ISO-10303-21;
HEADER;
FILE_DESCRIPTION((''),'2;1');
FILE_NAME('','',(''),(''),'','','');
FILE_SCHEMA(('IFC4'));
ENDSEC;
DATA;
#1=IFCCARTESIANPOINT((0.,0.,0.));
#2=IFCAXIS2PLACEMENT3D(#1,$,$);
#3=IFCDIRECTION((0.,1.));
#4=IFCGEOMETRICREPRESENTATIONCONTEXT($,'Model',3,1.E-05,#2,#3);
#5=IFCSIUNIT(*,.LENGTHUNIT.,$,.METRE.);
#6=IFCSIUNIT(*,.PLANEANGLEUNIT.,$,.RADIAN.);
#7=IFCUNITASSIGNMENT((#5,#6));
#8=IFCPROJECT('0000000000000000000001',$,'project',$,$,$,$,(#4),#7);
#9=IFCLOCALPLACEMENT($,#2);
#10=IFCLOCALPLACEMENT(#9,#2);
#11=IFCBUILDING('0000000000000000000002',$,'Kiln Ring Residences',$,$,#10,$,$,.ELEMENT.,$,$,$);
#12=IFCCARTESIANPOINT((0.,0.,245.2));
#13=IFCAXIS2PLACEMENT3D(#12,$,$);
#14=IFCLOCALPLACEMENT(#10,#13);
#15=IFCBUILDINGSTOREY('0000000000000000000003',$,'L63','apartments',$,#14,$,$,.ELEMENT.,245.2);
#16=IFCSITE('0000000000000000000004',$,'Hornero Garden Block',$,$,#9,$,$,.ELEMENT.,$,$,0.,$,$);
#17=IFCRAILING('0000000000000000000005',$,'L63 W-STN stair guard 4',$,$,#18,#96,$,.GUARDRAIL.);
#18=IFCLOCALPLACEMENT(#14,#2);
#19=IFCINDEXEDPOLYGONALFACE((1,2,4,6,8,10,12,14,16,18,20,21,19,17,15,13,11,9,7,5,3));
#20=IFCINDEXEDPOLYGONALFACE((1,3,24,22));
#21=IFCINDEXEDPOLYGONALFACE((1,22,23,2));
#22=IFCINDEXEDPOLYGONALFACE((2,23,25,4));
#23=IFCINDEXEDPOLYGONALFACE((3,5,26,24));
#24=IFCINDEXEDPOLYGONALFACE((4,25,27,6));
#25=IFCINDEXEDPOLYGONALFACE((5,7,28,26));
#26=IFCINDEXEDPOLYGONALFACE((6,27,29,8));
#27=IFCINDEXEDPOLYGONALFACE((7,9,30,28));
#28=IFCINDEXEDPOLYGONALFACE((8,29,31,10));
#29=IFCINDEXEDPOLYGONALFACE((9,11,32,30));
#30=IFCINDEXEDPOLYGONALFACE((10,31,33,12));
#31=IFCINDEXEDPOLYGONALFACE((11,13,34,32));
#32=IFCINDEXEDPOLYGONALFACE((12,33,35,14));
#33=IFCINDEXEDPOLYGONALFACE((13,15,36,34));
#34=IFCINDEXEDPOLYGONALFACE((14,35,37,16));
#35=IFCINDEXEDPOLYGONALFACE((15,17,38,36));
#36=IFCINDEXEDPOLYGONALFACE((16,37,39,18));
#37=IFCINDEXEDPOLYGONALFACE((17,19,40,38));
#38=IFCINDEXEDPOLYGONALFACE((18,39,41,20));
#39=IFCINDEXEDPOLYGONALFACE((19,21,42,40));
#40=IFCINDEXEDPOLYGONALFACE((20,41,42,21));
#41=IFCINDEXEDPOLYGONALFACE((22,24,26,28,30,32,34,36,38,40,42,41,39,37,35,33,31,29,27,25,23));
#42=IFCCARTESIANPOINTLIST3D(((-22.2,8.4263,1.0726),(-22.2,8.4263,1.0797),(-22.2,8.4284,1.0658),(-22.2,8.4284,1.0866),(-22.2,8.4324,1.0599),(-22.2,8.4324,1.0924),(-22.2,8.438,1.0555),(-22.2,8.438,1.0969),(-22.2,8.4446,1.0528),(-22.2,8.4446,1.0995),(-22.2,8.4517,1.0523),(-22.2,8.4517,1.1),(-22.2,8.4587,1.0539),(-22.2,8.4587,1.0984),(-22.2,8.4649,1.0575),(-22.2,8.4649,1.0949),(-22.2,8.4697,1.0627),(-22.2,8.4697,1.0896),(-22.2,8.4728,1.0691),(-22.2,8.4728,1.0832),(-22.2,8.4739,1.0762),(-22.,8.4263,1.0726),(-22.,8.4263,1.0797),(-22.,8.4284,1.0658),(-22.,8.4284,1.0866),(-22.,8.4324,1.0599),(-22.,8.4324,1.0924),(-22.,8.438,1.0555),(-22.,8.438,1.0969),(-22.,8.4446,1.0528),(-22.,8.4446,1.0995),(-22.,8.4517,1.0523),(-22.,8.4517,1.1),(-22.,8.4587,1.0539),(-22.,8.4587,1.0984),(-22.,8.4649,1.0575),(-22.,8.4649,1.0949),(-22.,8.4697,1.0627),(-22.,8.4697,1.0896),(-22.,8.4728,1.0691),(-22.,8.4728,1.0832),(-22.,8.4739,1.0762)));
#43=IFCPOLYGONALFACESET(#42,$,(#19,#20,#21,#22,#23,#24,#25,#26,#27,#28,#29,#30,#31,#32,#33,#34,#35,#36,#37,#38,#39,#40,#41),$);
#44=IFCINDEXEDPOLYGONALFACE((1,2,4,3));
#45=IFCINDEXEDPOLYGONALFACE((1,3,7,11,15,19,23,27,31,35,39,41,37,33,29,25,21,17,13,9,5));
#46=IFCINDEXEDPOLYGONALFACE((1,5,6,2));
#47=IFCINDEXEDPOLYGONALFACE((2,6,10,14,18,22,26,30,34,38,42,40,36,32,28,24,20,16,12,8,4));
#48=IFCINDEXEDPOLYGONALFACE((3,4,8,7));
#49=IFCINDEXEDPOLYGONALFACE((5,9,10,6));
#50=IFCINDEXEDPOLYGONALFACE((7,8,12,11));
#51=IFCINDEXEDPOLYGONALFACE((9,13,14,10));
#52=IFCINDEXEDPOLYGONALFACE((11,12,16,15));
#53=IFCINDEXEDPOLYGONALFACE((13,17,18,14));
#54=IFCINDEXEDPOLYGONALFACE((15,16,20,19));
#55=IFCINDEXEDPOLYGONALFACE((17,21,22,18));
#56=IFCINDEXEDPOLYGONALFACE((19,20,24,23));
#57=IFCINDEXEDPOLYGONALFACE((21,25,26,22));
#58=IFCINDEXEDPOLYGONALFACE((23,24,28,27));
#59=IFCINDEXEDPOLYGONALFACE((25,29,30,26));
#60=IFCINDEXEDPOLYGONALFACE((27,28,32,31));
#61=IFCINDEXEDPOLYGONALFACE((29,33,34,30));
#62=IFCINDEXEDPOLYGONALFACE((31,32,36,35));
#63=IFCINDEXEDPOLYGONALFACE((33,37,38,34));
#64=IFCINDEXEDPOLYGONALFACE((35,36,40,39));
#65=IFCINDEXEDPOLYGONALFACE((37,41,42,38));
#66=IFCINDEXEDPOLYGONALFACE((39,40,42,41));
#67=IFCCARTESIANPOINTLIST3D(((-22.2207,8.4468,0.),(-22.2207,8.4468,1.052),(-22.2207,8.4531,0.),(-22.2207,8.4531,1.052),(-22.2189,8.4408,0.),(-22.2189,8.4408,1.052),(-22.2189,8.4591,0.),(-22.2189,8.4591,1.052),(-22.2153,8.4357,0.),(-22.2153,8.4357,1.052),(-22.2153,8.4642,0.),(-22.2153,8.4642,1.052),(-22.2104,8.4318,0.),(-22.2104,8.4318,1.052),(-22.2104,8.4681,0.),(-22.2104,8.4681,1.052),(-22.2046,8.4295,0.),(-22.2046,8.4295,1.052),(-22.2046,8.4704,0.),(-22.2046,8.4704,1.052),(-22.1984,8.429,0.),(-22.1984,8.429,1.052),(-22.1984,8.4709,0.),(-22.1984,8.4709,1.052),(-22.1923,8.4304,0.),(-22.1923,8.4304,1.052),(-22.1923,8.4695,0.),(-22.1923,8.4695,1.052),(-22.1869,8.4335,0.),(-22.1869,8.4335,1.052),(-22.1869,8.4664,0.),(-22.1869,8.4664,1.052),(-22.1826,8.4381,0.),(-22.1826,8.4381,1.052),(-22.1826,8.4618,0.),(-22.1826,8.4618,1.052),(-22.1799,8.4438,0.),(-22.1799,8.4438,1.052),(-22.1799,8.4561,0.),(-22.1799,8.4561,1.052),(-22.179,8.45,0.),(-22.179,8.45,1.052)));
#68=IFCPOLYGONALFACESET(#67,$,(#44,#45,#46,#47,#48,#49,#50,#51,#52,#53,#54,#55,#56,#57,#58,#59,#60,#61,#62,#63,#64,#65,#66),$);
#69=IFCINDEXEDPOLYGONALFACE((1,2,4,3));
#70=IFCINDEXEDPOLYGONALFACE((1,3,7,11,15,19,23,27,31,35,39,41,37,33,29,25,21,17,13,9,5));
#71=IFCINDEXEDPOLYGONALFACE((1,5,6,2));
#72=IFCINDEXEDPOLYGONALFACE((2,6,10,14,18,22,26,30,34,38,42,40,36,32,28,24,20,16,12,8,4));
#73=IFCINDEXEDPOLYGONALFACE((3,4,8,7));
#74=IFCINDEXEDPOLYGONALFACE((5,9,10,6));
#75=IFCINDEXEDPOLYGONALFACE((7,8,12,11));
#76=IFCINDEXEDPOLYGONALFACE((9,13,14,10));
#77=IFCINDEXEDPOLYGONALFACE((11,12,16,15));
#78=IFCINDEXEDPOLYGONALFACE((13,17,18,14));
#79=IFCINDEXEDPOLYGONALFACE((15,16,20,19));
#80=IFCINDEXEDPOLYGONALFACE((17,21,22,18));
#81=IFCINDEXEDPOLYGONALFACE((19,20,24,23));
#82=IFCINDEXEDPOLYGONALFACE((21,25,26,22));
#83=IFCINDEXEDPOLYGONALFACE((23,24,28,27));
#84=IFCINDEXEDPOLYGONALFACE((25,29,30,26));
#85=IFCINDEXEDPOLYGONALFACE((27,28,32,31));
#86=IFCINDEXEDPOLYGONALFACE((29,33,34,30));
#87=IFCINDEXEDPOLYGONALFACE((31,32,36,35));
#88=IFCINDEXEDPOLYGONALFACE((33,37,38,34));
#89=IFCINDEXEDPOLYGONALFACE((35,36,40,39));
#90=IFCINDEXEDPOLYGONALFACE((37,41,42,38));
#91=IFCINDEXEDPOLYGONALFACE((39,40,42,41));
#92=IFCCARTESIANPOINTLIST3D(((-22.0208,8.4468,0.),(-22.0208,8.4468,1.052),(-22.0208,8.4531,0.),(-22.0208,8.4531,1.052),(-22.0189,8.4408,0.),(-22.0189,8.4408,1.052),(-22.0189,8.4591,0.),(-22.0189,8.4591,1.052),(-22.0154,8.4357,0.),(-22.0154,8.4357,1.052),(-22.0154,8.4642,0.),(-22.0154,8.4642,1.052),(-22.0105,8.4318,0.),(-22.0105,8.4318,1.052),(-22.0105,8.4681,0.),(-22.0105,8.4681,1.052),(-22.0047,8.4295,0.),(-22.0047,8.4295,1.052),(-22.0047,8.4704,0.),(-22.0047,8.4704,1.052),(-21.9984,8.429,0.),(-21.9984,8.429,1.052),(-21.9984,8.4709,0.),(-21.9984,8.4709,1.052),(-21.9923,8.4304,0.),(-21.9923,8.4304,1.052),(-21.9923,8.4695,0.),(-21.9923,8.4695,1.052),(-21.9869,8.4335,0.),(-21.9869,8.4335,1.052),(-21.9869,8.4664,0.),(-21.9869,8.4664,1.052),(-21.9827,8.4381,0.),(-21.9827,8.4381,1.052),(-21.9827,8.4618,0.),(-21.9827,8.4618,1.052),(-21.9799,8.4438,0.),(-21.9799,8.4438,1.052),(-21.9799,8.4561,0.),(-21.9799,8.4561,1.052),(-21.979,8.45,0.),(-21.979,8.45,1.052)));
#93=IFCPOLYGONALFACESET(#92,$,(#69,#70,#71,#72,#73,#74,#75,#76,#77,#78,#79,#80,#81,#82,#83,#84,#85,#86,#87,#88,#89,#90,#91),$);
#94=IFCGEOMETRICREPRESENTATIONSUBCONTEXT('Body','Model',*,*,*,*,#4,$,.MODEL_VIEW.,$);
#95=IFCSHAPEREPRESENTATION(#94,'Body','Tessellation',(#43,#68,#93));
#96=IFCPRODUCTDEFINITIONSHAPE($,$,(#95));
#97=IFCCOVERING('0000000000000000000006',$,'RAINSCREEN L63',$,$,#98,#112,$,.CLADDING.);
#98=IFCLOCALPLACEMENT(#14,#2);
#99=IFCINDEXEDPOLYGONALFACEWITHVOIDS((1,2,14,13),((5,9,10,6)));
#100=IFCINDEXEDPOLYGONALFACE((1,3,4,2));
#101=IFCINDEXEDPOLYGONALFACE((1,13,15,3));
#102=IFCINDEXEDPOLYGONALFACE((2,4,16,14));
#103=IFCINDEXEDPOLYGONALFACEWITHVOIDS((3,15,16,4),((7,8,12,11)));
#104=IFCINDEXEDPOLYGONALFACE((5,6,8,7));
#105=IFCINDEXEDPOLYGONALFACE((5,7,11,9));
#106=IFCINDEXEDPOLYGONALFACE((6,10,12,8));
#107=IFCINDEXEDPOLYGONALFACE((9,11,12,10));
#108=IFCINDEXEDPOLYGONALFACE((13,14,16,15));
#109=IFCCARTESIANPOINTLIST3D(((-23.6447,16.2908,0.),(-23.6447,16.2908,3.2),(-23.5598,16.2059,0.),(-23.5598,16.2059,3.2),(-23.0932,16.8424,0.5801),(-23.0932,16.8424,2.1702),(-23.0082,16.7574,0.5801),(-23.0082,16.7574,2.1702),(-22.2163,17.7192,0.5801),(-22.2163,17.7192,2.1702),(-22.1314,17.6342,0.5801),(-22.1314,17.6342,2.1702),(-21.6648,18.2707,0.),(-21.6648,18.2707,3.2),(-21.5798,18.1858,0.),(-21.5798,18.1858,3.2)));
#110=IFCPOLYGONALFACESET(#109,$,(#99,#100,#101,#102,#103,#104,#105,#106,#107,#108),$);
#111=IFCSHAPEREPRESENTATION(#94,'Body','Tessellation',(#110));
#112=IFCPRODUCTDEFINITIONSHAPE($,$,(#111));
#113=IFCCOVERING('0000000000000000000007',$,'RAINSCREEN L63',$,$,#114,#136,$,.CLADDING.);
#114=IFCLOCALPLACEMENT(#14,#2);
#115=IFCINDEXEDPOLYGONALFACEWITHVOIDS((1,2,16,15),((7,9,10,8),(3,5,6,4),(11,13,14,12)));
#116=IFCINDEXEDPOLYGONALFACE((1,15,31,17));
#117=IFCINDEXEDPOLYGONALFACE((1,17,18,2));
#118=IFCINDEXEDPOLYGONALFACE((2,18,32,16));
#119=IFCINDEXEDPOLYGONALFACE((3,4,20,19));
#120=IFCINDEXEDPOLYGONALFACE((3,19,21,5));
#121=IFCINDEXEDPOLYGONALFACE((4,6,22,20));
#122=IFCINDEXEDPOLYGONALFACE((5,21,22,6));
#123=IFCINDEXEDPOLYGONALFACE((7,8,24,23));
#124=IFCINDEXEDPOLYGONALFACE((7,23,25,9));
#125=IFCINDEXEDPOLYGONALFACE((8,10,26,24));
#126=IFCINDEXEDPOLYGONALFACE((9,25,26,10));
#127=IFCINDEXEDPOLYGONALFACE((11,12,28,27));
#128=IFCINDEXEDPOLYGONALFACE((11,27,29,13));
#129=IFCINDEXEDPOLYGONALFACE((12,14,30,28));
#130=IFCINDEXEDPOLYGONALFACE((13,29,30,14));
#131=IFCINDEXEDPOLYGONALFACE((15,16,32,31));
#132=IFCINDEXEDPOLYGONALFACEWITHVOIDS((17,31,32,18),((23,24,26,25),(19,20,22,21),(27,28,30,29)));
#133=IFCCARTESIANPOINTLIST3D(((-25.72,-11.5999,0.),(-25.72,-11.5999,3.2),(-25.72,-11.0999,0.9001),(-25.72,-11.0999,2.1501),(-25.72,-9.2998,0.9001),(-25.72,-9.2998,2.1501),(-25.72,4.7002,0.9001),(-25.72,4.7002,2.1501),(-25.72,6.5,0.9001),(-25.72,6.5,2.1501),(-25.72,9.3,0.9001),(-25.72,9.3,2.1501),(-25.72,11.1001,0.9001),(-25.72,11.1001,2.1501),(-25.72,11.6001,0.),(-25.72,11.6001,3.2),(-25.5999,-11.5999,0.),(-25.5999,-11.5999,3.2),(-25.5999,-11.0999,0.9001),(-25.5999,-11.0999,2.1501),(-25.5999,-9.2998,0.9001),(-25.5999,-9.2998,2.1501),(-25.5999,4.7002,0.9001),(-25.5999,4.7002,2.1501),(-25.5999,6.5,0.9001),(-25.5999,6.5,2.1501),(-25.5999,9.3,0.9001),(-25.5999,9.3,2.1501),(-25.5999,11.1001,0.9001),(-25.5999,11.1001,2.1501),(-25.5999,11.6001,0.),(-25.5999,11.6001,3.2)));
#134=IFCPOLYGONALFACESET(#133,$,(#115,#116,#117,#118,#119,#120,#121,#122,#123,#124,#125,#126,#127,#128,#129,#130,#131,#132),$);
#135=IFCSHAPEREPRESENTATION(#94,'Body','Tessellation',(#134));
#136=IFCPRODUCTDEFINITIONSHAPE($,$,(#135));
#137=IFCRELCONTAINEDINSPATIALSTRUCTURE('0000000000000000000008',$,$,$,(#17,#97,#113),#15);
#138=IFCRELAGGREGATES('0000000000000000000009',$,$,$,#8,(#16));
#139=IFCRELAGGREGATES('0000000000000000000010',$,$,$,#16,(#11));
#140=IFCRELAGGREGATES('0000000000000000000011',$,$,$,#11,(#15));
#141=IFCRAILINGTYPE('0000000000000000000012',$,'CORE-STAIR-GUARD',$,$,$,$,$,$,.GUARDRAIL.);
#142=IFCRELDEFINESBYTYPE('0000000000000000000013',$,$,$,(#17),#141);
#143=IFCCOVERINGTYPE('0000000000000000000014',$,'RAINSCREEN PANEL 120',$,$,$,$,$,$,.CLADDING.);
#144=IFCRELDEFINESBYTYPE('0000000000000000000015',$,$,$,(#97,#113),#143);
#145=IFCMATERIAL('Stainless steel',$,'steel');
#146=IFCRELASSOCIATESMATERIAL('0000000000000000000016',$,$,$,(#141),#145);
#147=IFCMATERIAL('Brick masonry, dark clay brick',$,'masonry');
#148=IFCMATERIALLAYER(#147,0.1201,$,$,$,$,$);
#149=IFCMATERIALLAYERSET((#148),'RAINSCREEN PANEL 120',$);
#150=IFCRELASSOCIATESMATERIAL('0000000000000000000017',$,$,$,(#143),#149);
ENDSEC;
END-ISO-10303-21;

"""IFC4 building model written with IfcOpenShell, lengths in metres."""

from ifc_helpers import new_model, si_unit, direction, frame, origin, origin_2d, place, context, subcontext, project, spatial, polyline, circle, outline, extrude, material, layer, layer_set, type_object, element, save


model = new_model("IFC4")

# Units and contexts
model_context = context("Model", 3, precision=1e-05, world=origin(), true_north=direction((0.0, 1.0)))
body_context = subcontext(model_context, "Body", "Model", "MODEL_VIEW")
ifc_project = project(units=[si_unit("LENGTHUNIT", "METRE"), si_unit("PLANEANGLEUNIT", "RADIAN")], contexts=[model_context])

# Site, building, storey
site_placement = place(None, origin())
site = spatial("IfcSite", under=ifc_project, at=site_placement, Name="Hornero Garden Block", CompositionType="ELEMENT", RefElevation=0.0)
building_placement = place(site_placement, origin())
building = spatial("IfcBuilding", under=site, at=building_placement, Name="Kiln Ring Residences", CompositionType="ELEMENT")
storey_placement = place(building_placement, frame((0.0, 0.0, 245.2)))
storey = spatial("IfcBuildingStorey", under=building, at=storey_placement, Name="L63", Description="apartments", CompositionType="ELEMENT", Elevation=245.2)

# Railing
ifc_material_1 = material(Name="Stainless steel", Category="steel")
railing_type = type_object("IfcRailingType", Name="CORE-STAIR-GUARD", PredefinedType="GUARDRAIL", material=ifc_material_1)
railing_1_placement = place(storey_placement, frame((-22.2, 8.45, 0.0)))
element("IfcRailing", 1, at=railing_1_placement, inside=storey, type_object=railing_type, Name="L63 W-STN stair guard 4", PredefinedType="GUARDRAIL", context=body_context, shape_type="SweptSolid", body=[
    extrude(circle(Radius=0.0239, at=origin_2d()), frame((0.0, 0.0, 1.0762), z_axis=(1.0, 0.0, 0.0), x_axis=(0.0, 1.0, 0.0)), (0.0, 0.0, 1.0), 0.2),
    extrude(circle(Radius=0.021, at=origin_2d()), origin(), (0.0, 0.0, 1.0), 1.052),
    extrude(circle(Radius=0.021, at=origin_2d()), frame((0.2, 0.0, 0.0)), (0.0, 0.0, 1.0), 1.052),
])

# Coverings
ifc_material_2 = material(Name="Brick masonry, dark clay brick", Category="masonry")
ifc_layer_1 = layer(ifc_material_2, 0.1201)
ifc_layer_set_1 = layer_set([ifc_layer_1], Name="RAINSCREEN PANEL 120")
covering_type = type_object("IfcCoveringType", Name="RAINSCREEN PANEL 120", PredefinedType="CLADDING", material=ifc_layer_set_1)
covering_1_placement = place(storey_placement, frame((-21.6223, 18.2283, 0.0), z_axis=(0.0, 0.0, 1.0), x_axis=(-0.707107, -0.707107, 0.0)))
element("IfcCovering", 2, at=covering_1_placement, inside=storey, type_object=covering_type, Name="RAINSCREEN L63", PredefinedType="CLADDING", context=body_context, shape_type="SweptSolid", body=[
    extrude(outline(polyline([(0.0, 0.0), (2.8, 0.0), (2.8, 3.2), (0.0, 3.2), (0.0, 0.0)]), holes=[polyline([(0.78, 2.1702), (0.78, 0.5801), (2.02, 0.5801), (2.02, 2.1702), (0.78, 2.1702)])]), frame((0.0, 0.0601, 0.0), z_axis=(0.0, -1.0, 0.0), x_axis=(1.0, 0.0, 0.0)), (0.0, 0.0, 1.0), 0.1201),
])
covering_2_placement = place(storey_placement, frame((-25.6599, 11.6001, 0.0), z_axis=(0.0, 0.0, 1.0), x_axis=(0.0, -1.0, 0.0)))
element("IfcCovering", 3, at=covering_2_placement, inside=storey, type_object=covering_type, Name="RAINSCREEN L63", PredefinedType="CLADDING", context=body_context, shape_type="SweptSolid", body=[
    extrude(outline(polyline([(0.0, 0.0), (23.2, 0.0), (23.2, 3.2), (0.0, 3.2), (0.0, 0.0)]), holes=[polyline([(2.3, 2.1501), (0.5, 2.1501), (0.5, 0.9001), (2.3, 0.9001), (2.3, 2.1501)]), polyline([(6.8999, 0.9001), (6.8999, 2.1501), (5.1001, 2.1501), (5.1001, 0.9001), (6.8999, 0.9001)]), polyline([(22.7, 0.9001), (22.7, 2.1501), (20.8999, 2.1501), (20.8999, 0.9001), (22.7, 0.9001)])]), frame((0.0, 0.0601, 0.0), z_axis=(0.0, -1.0, 0.0), x_axis=(1.0, 0.0, 0.0)), (0.0, 0.0, 1.0), 0.1201),
])

save(model, "model.ifc")
